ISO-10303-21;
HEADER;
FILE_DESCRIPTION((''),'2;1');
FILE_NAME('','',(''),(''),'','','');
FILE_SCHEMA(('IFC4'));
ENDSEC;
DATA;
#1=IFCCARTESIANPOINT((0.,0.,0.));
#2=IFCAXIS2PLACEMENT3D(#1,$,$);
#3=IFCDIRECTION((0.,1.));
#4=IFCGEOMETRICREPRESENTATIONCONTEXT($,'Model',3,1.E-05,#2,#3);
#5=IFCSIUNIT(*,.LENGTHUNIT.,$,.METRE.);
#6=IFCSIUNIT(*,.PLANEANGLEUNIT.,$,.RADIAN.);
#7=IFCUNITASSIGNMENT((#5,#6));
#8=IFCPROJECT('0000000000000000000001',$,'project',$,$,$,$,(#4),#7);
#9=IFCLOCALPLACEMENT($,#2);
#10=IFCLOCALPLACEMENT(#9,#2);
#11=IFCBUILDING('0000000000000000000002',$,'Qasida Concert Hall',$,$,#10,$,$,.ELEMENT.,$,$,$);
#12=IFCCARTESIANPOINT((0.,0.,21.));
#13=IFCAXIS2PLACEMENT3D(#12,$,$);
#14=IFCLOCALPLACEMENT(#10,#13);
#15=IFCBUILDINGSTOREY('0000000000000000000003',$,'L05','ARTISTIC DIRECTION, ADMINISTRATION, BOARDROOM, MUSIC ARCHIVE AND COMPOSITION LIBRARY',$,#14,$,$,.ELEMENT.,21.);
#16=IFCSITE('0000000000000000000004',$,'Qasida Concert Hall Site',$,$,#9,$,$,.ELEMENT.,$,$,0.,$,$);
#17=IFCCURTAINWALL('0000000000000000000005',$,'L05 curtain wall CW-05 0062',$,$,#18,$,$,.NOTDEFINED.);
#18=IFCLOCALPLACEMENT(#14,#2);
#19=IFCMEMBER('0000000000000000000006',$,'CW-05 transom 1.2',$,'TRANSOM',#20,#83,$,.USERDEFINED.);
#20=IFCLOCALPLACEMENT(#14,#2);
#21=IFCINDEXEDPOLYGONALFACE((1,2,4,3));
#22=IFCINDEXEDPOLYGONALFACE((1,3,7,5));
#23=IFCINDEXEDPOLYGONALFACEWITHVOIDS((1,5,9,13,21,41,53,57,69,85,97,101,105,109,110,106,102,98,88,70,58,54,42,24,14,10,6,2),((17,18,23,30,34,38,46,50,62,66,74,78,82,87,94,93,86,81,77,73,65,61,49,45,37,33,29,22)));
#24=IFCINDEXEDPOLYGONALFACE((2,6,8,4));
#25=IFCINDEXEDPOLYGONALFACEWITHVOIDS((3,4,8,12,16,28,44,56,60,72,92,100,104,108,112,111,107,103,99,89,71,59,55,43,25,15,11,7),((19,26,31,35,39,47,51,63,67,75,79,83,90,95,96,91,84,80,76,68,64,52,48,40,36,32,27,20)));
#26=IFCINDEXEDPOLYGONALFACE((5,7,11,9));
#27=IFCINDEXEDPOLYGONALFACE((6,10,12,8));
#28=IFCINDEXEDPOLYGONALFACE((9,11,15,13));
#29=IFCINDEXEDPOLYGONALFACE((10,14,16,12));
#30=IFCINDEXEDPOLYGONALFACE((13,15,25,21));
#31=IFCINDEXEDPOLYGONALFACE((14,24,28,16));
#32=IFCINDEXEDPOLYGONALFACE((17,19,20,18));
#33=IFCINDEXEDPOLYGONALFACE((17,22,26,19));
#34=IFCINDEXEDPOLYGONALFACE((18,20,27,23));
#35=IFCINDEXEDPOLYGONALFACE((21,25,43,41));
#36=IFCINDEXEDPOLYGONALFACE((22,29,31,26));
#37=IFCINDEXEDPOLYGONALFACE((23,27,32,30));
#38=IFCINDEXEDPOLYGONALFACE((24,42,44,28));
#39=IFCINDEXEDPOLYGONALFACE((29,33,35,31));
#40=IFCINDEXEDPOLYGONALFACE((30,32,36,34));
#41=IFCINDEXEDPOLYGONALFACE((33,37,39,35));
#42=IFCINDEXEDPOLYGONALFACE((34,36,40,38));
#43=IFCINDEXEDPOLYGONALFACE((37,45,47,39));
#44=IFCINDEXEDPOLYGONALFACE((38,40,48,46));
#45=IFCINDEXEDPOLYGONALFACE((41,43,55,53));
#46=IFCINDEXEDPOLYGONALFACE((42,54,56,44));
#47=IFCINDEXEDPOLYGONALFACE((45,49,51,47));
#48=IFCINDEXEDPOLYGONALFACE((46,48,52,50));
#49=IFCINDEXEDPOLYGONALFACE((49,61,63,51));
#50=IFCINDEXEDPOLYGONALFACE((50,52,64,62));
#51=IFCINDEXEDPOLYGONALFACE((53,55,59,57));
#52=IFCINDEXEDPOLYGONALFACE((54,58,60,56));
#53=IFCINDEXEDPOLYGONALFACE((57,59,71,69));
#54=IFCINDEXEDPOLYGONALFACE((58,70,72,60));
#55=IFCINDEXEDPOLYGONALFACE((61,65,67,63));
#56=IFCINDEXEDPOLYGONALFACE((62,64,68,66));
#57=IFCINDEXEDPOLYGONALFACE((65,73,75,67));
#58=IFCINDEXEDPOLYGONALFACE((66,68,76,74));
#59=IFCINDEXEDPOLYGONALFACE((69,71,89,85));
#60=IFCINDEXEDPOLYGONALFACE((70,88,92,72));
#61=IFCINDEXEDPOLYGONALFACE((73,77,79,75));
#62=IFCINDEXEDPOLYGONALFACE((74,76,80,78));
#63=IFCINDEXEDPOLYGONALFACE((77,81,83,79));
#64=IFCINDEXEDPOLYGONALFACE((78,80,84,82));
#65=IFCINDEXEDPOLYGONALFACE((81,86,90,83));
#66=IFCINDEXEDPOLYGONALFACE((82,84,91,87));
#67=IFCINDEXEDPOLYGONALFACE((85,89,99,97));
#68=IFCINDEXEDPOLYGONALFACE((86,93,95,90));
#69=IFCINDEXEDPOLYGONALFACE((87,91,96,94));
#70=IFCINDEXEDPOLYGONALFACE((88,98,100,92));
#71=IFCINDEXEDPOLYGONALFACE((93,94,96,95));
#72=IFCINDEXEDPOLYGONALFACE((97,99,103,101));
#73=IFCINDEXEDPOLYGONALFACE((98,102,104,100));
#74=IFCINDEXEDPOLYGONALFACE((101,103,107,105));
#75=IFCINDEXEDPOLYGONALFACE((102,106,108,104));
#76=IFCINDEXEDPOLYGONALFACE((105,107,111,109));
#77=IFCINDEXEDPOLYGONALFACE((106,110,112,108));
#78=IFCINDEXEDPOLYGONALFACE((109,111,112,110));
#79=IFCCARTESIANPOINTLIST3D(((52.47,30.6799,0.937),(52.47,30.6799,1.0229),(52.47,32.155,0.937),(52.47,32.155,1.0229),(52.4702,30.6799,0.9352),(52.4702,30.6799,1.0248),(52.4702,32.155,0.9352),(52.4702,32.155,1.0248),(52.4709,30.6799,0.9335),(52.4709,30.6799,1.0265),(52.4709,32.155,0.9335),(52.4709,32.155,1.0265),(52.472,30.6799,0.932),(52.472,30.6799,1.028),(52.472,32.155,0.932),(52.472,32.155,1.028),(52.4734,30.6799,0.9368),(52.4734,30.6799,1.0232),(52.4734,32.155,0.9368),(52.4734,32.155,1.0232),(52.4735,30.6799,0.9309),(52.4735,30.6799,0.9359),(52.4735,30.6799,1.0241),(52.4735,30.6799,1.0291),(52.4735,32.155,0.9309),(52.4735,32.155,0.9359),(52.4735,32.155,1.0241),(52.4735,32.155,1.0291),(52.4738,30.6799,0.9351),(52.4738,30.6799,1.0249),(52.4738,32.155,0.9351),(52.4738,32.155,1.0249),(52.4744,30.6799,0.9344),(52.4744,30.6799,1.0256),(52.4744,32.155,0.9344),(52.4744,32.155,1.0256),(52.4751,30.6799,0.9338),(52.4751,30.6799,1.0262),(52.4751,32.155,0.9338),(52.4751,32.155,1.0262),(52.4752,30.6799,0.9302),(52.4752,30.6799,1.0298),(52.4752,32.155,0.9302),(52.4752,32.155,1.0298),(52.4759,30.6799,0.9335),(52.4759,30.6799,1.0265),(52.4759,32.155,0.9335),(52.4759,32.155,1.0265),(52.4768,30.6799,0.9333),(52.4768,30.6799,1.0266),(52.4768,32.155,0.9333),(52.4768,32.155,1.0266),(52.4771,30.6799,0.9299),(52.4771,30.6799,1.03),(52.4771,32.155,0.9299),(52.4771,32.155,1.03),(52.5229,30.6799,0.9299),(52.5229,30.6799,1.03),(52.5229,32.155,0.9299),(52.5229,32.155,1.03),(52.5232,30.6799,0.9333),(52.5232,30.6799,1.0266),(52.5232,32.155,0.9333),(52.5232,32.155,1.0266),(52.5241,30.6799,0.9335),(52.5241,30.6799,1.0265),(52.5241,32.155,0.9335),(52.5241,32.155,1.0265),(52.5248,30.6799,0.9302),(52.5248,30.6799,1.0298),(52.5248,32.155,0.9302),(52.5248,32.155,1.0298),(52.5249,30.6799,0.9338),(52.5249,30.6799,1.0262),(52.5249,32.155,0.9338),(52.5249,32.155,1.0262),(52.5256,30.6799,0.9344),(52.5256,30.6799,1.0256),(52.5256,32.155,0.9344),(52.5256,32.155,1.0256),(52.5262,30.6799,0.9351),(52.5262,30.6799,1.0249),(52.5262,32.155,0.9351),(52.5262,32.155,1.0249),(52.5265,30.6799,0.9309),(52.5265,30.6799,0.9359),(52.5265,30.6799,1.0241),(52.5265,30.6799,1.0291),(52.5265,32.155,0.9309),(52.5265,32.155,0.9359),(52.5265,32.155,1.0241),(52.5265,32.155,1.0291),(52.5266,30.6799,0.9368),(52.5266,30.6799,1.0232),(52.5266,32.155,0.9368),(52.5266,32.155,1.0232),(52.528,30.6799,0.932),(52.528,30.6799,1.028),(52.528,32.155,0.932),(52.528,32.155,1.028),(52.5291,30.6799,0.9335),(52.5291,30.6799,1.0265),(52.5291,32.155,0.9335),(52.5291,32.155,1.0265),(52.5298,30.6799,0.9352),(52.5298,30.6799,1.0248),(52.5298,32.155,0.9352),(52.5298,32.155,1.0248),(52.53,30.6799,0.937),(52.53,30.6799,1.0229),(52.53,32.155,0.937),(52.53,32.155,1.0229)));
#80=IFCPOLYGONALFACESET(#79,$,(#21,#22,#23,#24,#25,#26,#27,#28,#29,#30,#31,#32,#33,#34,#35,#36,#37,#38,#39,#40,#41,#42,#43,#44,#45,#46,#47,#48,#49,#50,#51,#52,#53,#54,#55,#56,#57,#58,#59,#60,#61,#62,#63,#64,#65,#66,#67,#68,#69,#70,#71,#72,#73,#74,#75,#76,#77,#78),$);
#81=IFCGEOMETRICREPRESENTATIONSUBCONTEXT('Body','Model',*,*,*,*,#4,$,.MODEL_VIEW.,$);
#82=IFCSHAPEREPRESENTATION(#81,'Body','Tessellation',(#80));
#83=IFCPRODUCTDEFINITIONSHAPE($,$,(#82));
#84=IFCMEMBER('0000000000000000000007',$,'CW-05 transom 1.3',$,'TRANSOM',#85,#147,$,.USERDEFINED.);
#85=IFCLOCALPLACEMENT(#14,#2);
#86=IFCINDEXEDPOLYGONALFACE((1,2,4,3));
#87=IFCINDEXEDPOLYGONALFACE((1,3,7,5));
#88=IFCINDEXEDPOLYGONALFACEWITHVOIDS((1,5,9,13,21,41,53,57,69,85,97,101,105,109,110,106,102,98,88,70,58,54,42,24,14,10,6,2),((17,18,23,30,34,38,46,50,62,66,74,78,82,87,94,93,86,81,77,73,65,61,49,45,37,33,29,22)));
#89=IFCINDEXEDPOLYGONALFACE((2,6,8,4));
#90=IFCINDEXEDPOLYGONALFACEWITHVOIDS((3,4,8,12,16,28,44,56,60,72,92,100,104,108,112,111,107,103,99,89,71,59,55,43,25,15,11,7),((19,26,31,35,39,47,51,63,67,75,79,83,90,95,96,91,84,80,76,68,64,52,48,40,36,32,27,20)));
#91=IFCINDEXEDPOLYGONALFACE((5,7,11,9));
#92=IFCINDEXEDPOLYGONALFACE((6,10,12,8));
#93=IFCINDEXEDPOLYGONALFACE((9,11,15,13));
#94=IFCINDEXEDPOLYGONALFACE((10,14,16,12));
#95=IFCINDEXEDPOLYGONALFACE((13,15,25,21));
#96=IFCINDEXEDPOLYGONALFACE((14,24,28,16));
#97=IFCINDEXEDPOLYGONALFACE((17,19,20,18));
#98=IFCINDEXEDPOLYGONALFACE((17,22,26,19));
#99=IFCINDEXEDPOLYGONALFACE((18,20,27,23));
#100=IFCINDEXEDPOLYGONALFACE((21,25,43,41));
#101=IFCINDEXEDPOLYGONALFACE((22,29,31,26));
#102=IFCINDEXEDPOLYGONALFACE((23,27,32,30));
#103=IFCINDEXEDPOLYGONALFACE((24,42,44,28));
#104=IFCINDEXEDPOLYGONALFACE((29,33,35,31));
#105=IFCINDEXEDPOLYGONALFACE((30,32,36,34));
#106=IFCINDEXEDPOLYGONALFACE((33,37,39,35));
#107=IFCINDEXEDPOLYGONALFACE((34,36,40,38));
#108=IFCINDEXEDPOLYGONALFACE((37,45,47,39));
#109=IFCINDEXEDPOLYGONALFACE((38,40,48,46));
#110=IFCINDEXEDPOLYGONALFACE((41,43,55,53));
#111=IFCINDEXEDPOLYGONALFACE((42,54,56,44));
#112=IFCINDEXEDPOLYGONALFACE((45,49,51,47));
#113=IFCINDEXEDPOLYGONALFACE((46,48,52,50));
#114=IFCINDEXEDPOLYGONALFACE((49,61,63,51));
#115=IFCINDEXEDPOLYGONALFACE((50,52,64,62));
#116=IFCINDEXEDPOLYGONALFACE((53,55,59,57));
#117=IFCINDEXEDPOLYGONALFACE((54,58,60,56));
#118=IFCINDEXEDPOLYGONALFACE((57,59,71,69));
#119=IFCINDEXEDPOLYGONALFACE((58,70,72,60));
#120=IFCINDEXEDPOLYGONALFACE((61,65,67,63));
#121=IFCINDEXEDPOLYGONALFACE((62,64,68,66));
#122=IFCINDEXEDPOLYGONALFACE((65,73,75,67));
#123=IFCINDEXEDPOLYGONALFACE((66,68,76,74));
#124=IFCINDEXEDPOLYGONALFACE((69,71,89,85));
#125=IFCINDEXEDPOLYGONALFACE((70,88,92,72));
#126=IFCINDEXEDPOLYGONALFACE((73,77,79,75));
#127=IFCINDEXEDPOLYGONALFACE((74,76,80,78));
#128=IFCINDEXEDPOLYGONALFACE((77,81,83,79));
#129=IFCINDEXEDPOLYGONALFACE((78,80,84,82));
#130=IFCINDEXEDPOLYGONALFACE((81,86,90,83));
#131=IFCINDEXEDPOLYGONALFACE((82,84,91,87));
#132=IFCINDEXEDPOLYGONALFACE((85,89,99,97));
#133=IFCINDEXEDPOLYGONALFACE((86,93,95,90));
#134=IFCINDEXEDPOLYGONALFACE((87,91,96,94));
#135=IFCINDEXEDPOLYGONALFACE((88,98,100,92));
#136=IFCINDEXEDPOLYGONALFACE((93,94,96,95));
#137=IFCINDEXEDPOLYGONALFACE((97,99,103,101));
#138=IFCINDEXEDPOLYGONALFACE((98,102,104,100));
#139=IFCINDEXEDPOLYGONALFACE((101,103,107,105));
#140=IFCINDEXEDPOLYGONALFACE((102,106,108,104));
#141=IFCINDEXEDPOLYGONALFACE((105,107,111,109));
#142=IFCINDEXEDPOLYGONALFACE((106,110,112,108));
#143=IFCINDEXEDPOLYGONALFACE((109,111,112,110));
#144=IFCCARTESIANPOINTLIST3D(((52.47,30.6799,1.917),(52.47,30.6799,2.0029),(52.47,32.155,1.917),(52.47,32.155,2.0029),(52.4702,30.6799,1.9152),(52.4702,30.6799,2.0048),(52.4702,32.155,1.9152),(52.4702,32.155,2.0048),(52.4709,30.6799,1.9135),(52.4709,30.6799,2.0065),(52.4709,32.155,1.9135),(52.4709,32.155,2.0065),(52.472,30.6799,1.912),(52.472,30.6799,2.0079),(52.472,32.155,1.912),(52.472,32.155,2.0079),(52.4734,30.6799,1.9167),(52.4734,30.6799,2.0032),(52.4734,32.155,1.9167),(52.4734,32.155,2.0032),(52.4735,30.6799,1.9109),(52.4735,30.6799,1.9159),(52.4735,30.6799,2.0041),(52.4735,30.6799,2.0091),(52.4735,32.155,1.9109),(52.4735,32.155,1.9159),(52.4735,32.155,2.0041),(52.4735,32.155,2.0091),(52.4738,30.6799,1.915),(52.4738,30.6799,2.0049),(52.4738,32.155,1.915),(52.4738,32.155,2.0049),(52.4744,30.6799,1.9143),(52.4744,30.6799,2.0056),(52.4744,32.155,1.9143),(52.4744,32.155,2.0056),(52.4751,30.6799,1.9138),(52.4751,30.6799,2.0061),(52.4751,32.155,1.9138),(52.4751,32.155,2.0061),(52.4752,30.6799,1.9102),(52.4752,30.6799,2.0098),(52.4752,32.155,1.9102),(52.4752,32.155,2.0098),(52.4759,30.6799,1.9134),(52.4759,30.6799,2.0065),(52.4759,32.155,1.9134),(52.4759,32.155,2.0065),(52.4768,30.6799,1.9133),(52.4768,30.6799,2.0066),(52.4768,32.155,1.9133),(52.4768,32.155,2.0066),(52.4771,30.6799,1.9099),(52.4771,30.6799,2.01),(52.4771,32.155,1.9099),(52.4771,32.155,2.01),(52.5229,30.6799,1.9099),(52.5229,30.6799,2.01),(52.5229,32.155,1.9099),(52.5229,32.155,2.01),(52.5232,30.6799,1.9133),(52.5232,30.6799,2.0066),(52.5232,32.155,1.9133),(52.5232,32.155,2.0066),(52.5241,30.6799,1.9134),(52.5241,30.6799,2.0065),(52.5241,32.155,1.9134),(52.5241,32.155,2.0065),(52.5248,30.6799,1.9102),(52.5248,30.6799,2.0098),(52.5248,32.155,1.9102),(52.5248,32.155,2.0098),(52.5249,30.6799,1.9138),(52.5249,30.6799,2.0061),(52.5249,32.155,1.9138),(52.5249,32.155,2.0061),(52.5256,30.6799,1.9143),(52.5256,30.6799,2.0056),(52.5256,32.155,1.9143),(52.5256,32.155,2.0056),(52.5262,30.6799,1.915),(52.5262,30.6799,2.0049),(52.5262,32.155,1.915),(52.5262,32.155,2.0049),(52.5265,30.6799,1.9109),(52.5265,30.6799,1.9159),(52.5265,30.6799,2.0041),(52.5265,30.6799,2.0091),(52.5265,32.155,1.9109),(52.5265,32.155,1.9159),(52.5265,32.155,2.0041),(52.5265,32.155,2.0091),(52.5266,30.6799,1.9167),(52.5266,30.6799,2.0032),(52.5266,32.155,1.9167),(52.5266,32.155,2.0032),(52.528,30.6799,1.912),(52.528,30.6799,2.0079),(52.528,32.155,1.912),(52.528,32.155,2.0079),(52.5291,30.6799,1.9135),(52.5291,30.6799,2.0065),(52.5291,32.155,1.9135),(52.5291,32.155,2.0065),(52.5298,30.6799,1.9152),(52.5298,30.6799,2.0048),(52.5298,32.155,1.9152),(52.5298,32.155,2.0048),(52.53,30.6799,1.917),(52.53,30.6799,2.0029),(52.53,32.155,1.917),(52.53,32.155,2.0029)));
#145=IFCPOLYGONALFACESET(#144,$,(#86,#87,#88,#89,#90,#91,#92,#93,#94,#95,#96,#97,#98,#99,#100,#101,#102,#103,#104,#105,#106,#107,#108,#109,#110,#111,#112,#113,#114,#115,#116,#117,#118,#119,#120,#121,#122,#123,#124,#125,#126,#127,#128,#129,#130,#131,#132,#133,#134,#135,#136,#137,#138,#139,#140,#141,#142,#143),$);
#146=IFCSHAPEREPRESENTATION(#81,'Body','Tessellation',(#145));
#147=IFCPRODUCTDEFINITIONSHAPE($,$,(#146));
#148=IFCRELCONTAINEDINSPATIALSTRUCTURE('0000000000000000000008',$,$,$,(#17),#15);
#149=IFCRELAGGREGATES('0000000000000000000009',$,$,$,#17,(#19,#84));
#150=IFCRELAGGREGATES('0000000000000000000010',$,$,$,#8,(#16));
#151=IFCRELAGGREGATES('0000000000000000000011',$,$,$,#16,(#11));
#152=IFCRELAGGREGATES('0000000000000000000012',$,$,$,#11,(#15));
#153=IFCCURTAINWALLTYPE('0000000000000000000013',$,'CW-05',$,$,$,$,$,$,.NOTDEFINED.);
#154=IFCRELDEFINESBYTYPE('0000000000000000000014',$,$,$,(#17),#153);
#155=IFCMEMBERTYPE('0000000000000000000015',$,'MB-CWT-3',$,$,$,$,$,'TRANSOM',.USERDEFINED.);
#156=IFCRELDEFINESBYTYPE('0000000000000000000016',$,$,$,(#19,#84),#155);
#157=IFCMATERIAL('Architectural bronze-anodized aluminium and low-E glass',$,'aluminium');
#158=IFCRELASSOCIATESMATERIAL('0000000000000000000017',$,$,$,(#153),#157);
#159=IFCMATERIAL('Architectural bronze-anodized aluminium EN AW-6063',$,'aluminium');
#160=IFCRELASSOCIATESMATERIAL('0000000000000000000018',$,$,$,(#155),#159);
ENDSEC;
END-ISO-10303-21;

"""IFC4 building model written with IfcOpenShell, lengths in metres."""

from ifc_helpers import new_model, si_unit, direction, frame, origin, origin_2d, place, context, subcontext, project, spatial, hollow_rectangle, extrude, material, material_profile, profile_set, type_object, element, aggregate, save


model = new_model("IFC4")

# Units and contexts
model_context = context("Model", 3, precision=1e-05, world=origin(), true_north=direction((0.0, 1.0)))
body_context = subcontext(model_context, "Body", "Model", "MODEL_VIEW")
ifc_project = project(units=[si_unit("LENGTHUNIT", "METRE"), si_unit("PLANEANGLEUNIT", "RADIAN")], contexts=[model_context])

# Site, building, storey
site_placement = place(None, origin())
site = spatial("IfcSite", under=ifc_project, at=site_placement, Name="Qasida Concert Hall Site", CompositionType="ELEMENT", RefElevation=0.0)
building_placement = place(site_placement, origin())
building = spatial("IfcBuilding", under=site, at=building_placement, Name="Qasida Concert Hall", CompositionType="ELEMENT")
storey_placement = place(building_placement, frame((0.0, 0.0, 21.0)))
storey = spatial("IfcBuildingStorey", under=building, at=storey_placement, Name="L05", Description="ARTISTIC DIRECTION, ADMINISTRATION, BOARDROOM, MUSIC ARCHIVE AND COMPOSITION LIBRARY", CompositionType="ELEMENT", Elevation=21.0)

# Shared definitions
ifc_material_1 = material(Name="Architectural bronze-anodized aluminium and low-E glass", Category="aluminium")
curtain_wall_type = type_object("IfcCurtainWallType", Name="CW-05", PredefinedType="NOTDEFINED", material=ifc_material_1)
ifc_material_2 = material(Name="Architectural bronze-anodized aluminium EN AW-6063", Category="aluminium")

# Curtain wall
curtain_wall_1_placement = place(storey_placement, origin())
curtain_wall_1 = element("IfcCurtainWall", 1, at=curtain_wall_1_placement, inside=storey, type_object=curtain_wall_type, Name="L05 curtain wall CW-05 0062", PredefinedType="NOTDEFINED")

# Members
ifc_material_profile_1 = material_profile(ifc_material_2, hollow_rectangle(XDim=0.0601, YDim=0.1001, WallThickness=0.0034, InnerFilletRadius=0.0034, OuterFilletRadius=0.0071, at=origin_2d()), Name="CWT 100x60x3.5")
ifc_profile_set_1 = profile_set([ifc_material_profile_1], Name="Architectural bronze-anodized aluminium EN AW-6063")
member_type_1 = type_object("IfcMemberType", Name="MB-CWT-3", ElementType="TRANSOM", PredefinedType="USERDEFINED", material=ifc_profile_set_1)
member_1_placement = place(storey_placement, frame((52.5, 30.6799, 0.98), z_axis=(0.0, 1.0, 0.0), x_axis=(-1.0, 0.0, 0.0)))
member_1 = element("IfcMember", 2, at=member_1_placement, type_object=member_type_1, Name="CW-05 transom 1.2", ObjectType="TRANSOM", PredefinedType="USERDEFINED", context=body_context, shape_type="SweptSolid", body=[
    extrude(hollow_rectangle(XDim=0.0601, YDim=0.1001, WallThickness=0.0034, InnerFilletRadius=0.0034, OuterFilletRadius=0.0071, at=origin_2d()), origin(), (0.0, 0.0, 1.0), 1.4751),
])
member_2_placement = place(storey_placement, frame((52.5, 30.6799, 1.96), z_axis=(0.0, 1.0, 0.0), x_axis=(-1.0, 0.0, 0.0)))
member_2 = element("IfcMember", 3, at=member_2_placement, type_object=member_type_1, Name="CW-05 transom 1.3", ObjectType="TRANSOM", PredefinedType="USERDEFINED", context=body_context, shape_type="SweptSolid", body=[
    extrude(hollow_rectangle(XDim=0.0601, YDim=0.1001, WallThickness=0.0034, InnerFilletRadius=0.0034, OuterFilletRadius=0.0071, at=origin_2d()), origin(), (0.0, 0.0, 1.0), 1.4751),
])

aggregate(curtain_wall_1, [member_1, member_2])

save(model, "model.ifc")
